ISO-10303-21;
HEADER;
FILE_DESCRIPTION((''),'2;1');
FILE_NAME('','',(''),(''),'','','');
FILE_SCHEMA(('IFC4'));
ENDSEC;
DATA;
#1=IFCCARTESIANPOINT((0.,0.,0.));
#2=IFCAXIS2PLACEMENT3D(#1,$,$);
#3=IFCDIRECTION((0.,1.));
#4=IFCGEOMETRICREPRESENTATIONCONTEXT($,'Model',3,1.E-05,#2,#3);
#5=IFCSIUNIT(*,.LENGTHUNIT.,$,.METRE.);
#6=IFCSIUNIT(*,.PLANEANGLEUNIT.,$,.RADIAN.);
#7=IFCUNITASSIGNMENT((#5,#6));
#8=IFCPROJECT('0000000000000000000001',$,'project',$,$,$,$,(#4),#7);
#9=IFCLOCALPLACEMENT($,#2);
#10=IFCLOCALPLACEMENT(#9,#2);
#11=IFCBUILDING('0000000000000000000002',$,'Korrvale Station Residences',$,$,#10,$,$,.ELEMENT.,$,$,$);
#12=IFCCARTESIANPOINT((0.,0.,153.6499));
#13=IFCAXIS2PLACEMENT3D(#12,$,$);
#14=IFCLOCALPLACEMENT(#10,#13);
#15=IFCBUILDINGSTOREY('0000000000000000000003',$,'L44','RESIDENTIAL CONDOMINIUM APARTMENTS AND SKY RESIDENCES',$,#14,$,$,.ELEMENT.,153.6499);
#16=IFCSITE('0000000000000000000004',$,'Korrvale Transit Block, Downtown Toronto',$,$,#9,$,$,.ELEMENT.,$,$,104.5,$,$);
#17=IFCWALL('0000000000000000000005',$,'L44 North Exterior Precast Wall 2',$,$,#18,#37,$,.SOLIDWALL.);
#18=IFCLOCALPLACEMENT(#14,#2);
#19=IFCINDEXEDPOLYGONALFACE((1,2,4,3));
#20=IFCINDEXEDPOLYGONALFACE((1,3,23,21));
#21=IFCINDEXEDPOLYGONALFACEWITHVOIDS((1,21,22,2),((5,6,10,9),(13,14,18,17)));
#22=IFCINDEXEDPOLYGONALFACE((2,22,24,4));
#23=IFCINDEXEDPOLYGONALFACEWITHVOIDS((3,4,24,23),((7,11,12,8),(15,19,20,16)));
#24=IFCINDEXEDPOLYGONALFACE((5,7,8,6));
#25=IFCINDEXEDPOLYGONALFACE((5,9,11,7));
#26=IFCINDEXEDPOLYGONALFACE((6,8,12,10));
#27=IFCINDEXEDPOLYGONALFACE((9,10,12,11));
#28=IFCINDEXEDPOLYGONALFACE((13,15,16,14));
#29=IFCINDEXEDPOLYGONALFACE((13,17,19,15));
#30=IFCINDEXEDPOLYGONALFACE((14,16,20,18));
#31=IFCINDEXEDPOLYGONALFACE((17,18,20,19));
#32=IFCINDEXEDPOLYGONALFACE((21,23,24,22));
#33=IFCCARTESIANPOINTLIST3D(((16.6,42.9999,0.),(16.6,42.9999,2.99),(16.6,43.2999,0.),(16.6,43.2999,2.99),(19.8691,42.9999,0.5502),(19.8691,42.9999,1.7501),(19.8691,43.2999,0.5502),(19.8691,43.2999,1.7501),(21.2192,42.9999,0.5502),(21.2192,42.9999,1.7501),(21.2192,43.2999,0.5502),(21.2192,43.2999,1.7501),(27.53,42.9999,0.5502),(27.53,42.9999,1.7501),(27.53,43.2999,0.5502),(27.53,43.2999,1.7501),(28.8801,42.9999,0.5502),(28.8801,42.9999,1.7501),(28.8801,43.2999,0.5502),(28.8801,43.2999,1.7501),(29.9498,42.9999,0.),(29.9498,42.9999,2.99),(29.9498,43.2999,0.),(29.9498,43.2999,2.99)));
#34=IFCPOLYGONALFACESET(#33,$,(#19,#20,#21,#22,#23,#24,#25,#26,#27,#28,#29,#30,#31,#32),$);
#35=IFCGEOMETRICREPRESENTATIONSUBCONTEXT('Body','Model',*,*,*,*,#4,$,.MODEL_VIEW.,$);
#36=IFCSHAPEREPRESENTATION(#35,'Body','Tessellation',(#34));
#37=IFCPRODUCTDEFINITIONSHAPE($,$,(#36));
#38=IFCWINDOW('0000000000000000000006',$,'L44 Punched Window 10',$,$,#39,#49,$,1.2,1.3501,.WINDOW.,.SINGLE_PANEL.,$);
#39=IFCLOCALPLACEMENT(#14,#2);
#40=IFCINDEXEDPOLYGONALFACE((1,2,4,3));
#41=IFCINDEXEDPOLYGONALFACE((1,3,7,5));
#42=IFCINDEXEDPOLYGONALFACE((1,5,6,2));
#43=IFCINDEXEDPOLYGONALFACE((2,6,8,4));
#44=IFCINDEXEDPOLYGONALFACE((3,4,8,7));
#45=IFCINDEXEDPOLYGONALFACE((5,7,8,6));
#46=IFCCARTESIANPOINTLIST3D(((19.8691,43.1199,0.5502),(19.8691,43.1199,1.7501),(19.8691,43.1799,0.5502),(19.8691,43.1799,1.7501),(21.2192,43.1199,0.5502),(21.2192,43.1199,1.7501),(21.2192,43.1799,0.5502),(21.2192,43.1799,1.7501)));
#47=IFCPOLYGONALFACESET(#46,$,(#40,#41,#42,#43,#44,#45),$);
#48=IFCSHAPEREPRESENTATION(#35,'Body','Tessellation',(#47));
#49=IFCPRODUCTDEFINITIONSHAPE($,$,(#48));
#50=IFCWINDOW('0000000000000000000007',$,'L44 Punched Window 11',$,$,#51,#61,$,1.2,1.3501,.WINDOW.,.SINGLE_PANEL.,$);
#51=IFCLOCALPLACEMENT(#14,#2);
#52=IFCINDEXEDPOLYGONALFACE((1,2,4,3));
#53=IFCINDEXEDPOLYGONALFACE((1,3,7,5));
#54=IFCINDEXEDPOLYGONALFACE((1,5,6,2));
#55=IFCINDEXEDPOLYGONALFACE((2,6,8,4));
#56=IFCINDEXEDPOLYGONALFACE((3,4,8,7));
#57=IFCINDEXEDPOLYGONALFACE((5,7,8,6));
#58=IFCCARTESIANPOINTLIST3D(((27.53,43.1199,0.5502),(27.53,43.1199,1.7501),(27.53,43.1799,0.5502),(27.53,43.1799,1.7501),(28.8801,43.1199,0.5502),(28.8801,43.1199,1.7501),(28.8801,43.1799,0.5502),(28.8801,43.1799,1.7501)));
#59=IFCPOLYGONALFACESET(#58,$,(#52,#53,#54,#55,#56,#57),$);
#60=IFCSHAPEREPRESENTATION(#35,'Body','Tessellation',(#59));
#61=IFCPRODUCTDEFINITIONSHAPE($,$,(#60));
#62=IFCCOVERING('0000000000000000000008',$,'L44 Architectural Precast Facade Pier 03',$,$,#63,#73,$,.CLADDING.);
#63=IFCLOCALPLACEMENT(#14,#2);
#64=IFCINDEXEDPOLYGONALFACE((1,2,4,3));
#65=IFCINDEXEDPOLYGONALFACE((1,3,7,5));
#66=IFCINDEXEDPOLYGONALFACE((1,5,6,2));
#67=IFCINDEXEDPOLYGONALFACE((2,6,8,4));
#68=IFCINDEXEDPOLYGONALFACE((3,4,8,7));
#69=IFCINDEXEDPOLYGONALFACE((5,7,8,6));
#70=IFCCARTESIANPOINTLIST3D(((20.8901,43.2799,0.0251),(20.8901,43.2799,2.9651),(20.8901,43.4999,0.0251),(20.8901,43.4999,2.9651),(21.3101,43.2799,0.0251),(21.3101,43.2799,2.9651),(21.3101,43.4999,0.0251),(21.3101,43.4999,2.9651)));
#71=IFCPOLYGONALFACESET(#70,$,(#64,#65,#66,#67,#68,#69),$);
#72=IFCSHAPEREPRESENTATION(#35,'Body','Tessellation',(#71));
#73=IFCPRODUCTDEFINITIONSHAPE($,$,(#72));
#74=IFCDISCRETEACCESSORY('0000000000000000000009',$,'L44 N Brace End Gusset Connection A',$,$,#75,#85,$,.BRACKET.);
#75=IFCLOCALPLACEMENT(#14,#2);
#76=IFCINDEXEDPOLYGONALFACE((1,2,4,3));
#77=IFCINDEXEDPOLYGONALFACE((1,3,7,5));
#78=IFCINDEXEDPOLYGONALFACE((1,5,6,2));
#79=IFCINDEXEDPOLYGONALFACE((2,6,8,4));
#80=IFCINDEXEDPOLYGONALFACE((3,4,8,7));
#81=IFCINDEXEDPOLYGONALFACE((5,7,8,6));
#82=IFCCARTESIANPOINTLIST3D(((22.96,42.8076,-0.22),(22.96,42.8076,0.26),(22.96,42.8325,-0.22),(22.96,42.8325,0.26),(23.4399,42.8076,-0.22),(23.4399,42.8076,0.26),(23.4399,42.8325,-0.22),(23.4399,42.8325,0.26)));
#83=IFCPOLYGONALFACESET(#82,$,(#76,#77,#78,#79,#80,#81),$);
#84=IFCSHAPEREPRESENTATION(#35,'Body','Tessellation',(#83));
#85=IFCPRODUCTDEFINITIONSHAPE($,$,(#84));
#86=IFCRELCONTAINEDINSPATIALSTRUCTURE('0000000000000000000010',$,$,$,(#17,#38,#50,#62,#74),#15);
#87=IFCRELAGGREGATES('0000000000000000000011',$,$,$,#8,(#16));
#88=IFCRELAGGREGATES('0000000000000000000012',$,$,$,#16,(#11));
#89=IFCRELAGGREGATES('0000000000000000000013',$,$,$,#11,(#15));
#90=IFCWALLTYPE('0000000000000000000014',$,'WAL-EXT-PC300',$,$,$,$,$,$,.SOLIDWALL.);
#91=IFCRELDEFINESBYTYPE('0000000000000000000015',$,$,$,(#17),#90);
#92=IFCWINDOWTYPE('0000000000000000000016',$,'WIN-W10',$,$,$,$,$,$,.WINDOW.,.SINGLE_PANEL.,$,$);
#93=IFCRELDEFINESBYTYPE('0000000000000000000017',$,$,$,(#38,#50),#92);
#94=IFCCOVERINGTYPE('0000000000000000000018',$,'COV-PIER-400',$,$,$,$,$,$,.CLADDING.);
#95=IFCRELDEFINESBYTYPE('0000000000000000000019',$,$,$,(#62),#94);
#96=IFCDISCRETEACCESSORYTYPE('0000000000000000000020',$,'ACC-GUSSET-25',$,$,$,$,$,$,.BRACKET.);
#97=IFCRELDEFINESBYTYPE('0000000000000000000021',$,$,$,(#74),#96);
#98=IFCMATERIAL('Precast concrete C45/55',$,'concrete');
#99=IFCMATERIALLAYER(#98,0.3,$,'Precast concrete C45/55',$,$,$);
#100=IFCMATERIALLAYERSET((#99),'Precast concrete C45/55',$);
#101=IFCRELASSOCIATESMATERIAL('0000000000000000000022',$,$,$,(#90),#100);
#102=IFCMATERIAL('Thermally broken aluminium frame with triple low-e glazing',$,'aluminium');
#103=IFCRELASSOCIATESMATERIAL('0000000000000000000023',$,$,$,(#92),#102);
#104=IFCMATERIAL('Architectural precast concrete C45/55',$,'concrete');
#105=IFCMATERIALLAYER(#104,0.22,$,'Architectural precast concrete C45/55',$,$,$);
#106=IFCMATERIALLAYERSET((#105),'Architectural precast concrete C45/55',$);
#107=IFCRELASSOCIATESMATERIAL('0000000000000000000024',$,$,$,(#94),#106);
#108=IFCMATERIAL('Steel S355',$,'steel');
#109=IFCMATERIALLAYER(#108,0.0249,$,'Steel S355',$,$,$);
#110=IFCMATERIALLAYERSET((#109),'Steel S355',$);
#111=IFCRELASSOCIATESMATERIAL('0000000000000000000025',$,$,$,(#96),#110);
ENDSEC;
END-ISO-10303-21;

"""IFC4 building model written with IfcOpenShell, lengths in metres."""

from ifc_helpers import new_model, si_unit, direction, frame, frame_2d, origin, origin_2d, place, context, subcontext, project, spatial, rectangle, extrude, material, layer, layer_set, type_object, element, fill, save


model = new_model("IFC4")

# Units and contexts
model_context = context("Model", 3, precision=1e-05, world=origin(), true_north=direction((0.0, 1.0)))
body_context = subcontext(model_context, "Body", "Model", "MODEL_VIEW")
ifc_project = project(units=[si_unit("LENGTHUNIT", "METRE"), si_unit("PLANEANGLEUNIT", "RADIAN")], contexts=[model_context])

# Site, building, storey
site_placement = place(None, origin())
site = spatial("IfcSite", under=ifc_project, at=site_placement, Name="Korrvale Transit Block, Downtown Toronto", CompositionType="ELEMENT", RefElevation=104.5)
building_placement = place(site_placement, origin())
building = spatial("IfcBuilding", under=site, at=building_placement, Name="Korrvale Station Residences", CompositionType="ELEMENT")
storey_placement = place(building_placement, frame((0.0, 0.0, 153.6499)))
storey = spatial("IfcBuildingStorey", under=building, at=storey_placement, Name="L44", Description="RESIDENTIAL CONDOMINIUM APARTMENTS AND SKY RESIDENCES", CompositionType="ELEMENT", Elevation=153.6499)

# Shared definitions
ifc_material_1 = material(Name="Steel S355", Category="steel")

# Shared definitions
ifc_material_2 = material(Name="Precast concrete C45/55", Category="concrete")

# Wall, openings, windows
ifc_layer_1 = layer(ifc_material_2, 0.3, Name="Precast concrete C45/55")
ifc_layer_set_1 = layer_set([ifc_layer_1], Name="Precast concrete C45/55")
wall_type_1 = type_object("IfcWallType", Name="WAL-EXT-PC300", PredefinedType="SOLIDWALL", material=ifc_layer_set_1)
wall_1_placement = place(storey_placement, frame((16.6001, 43.1499, 0.0), z_axis=(0.0, 0.0, 1.0), x_axis=(1.0, 0.0, 0.0)))
wall_1 = element("IfcWall", 1, at=wall_1_placement, inside=storey, type_object=wall_type_1, Name="L44 North Exterior Precast Wall 2", PredefinedType="SOLIDWALL", context=body_context, shape_type="SweptSolid", body=[
    extrude(rectangle(XDim=13.3499, YDim=0.3, at=frame_2d((6.6748, 0.0))), origin(), (0.0, 0.0, 1.0), 2.99),
])
opening_1_placement = place(wall_1_placement, frame((3.269, 0.0, 0.55)))
opening_1 = element("IfcOpeningElement", 2, at=opening_1_placement, cuts=wall_1, PredefinedType="OPENING", context=body_context, shape_type="SweptSolid", body=[
    extrude(rectangle(XDim=1.3501, YDim=1.2, at=frame_2d((0.675, 0.6001))), frame((0.0, 0.1602, 0.0), z_axis=(0.0, -1.0, 0.0), x_axis=(1.0, 0.0, 0.0)), (0.0, 0.0, 1.0), 0.3201),
])
opening_2_placement = place(wall_1_placement, frame((10.9299, 0.0, 0.55)))
opening_2 = element("IfcOpeningElement", 3, at=opening_2_placement, cuts=wall_1, PredefinedType="OPENING", context=body_context, shape_type="SweptSolid", body=[
    extrude(rectangle(XDim=1.3501, YDim=1.2, at=frame_2d((0.675, 0.6001))), frame((0.0, 0.1602, 0.0), z_axis=(0.0, -1.0, 0.0), x_axis=(1.0, 0.0, 0.0)), (0.0, 0.0, 1.0), 0.3201),
])
ifc_material_3 = material(Name="Thermally broken aluminium frame with triple low-e glazing", Category="aluminium")
window_type = type_object("IfcWindowType", Name="WIN-W10", PartitioningType="SINGLE_PANEL", PredefinedType="WINDOW", material=ifc_material_3)
window_1_placement = place(opening_1_placement, origin())
window_1 = element("IfcWindow", 4, at=window_1_placement, inside=storey, type_object=window_type, Name="L44 Punched Window 10", OverallHeight=1.2, OverallWidth=1.3501, PartitioningType="SINGLE_PANEL", PredefinedType="WINDOW", context=body_context, shape_type="SweptSolid", body=[
    extrude(rectangle(XDim=1.3501, YDim=1.2, at=frame_2d((0.675, 0.6001))), frame((0.0, 0.03, 0.0), z_axis=(0.0, -1.0, 0.0), x_axis=(1.0, 0.0, 0.0)), (0.0, 0.0, 1.0), 0.0601),
])
fill(opening_1, window_1)
window_2_placement = place(opening_2_placement, origin())
window_2 = element("IfcWindow", 5, at=window_2_placement, inside=storey, type_object=window_type, Name="L44 Punched Window 11", OverallHeight=1.2, OverallWidth=1.3501, PartitioningType="SINGLE_PANEL", PredefinedType="WINDOW", context=body_context, shape_type="SweptSolid", body=[
    extrude(rectangle(XDim=1.3501, YDim=1.2, at=frame_2d((0.675, 0.6001))), frame((0.0, 0.03, 0.0), z_axis=(0.0, -1.0, 0.0), x_axis=(1.0, 0.0, 0.0)), (0.0, 0.0, 1.0), 0.0601),
])
fill(opening_2, window_2)

# Covering
ifc_material_4 = material(Name="Architectural precast concrete C45/55", Category="concrete")
ifc_layer_2 = layer(ifc_material_4, 0.22, Name="Architectural precast concrete C45/55")
ifc_layer_set_2 = layer_set([ifc_layer_2], Name="Architectural precast concrete C45/55")
covering_type = type_object("IfcCoveringType", Name="COV-PIER-400", PredefinedType="CLADDING", material=ifc_layer_set_2)
covering_placement = place(storey_placement, frame((21.1001, 43.3899, 0.0251), z_axis=(0.0, 0.0, 1.0), x_axis=(1.0, 0.0, 0.0)))
element("IfcCovering", 6, at=covering_placement, inside=storey, type_object=covering_type, Name="L44 Architectural Precast Facade Pier 03", PredefinedType="CLADDING", context=body_context, shape_type="SweptSolid", body=[
    extrude(rectangle(XDim=0.4199, YDim=0.22, at=origin_2d()), origin(), (0.0, 0.0, 1.0), 2.9399),
])

# Discrete accessory
ifc_layer_3 = layer(ifc_material_1, 0.0249, Name="Steel S355")
ifc_layer_set_3 = layer_set([ifc_layer_3], Name="Steel S355")
discrete_accessory_type = type_object("IfcDiscreteAccessoryType", Name="ACC-GUSSET-25", PredefinedType="BRACKET", material=ifc_layer_set_3)
discrete_accessory_placement = place(storey_placement, frame((23.2, 42.8201, -0.22), z_axis=(0.0, 0.0, 1.0), x_axis=(1.0, 0.0, 0.0)))
element("IfcDiscreteAccessory", 7, at=discrete_accessory_placement, inside=storey, type_object=discrete_accessory_type, Name="L44 N Brace End Gusset Connection A", PredefinedType="BRACKET", context=body_context, shape_type="SweptSolid", body=[
    extrude(rectangle(XDim=0.48, YDim=0.0249, at=origin_2d()), origin(), (0.0, 0.0, 1.0), 0.48),
])

save(model, "model.ifc")
